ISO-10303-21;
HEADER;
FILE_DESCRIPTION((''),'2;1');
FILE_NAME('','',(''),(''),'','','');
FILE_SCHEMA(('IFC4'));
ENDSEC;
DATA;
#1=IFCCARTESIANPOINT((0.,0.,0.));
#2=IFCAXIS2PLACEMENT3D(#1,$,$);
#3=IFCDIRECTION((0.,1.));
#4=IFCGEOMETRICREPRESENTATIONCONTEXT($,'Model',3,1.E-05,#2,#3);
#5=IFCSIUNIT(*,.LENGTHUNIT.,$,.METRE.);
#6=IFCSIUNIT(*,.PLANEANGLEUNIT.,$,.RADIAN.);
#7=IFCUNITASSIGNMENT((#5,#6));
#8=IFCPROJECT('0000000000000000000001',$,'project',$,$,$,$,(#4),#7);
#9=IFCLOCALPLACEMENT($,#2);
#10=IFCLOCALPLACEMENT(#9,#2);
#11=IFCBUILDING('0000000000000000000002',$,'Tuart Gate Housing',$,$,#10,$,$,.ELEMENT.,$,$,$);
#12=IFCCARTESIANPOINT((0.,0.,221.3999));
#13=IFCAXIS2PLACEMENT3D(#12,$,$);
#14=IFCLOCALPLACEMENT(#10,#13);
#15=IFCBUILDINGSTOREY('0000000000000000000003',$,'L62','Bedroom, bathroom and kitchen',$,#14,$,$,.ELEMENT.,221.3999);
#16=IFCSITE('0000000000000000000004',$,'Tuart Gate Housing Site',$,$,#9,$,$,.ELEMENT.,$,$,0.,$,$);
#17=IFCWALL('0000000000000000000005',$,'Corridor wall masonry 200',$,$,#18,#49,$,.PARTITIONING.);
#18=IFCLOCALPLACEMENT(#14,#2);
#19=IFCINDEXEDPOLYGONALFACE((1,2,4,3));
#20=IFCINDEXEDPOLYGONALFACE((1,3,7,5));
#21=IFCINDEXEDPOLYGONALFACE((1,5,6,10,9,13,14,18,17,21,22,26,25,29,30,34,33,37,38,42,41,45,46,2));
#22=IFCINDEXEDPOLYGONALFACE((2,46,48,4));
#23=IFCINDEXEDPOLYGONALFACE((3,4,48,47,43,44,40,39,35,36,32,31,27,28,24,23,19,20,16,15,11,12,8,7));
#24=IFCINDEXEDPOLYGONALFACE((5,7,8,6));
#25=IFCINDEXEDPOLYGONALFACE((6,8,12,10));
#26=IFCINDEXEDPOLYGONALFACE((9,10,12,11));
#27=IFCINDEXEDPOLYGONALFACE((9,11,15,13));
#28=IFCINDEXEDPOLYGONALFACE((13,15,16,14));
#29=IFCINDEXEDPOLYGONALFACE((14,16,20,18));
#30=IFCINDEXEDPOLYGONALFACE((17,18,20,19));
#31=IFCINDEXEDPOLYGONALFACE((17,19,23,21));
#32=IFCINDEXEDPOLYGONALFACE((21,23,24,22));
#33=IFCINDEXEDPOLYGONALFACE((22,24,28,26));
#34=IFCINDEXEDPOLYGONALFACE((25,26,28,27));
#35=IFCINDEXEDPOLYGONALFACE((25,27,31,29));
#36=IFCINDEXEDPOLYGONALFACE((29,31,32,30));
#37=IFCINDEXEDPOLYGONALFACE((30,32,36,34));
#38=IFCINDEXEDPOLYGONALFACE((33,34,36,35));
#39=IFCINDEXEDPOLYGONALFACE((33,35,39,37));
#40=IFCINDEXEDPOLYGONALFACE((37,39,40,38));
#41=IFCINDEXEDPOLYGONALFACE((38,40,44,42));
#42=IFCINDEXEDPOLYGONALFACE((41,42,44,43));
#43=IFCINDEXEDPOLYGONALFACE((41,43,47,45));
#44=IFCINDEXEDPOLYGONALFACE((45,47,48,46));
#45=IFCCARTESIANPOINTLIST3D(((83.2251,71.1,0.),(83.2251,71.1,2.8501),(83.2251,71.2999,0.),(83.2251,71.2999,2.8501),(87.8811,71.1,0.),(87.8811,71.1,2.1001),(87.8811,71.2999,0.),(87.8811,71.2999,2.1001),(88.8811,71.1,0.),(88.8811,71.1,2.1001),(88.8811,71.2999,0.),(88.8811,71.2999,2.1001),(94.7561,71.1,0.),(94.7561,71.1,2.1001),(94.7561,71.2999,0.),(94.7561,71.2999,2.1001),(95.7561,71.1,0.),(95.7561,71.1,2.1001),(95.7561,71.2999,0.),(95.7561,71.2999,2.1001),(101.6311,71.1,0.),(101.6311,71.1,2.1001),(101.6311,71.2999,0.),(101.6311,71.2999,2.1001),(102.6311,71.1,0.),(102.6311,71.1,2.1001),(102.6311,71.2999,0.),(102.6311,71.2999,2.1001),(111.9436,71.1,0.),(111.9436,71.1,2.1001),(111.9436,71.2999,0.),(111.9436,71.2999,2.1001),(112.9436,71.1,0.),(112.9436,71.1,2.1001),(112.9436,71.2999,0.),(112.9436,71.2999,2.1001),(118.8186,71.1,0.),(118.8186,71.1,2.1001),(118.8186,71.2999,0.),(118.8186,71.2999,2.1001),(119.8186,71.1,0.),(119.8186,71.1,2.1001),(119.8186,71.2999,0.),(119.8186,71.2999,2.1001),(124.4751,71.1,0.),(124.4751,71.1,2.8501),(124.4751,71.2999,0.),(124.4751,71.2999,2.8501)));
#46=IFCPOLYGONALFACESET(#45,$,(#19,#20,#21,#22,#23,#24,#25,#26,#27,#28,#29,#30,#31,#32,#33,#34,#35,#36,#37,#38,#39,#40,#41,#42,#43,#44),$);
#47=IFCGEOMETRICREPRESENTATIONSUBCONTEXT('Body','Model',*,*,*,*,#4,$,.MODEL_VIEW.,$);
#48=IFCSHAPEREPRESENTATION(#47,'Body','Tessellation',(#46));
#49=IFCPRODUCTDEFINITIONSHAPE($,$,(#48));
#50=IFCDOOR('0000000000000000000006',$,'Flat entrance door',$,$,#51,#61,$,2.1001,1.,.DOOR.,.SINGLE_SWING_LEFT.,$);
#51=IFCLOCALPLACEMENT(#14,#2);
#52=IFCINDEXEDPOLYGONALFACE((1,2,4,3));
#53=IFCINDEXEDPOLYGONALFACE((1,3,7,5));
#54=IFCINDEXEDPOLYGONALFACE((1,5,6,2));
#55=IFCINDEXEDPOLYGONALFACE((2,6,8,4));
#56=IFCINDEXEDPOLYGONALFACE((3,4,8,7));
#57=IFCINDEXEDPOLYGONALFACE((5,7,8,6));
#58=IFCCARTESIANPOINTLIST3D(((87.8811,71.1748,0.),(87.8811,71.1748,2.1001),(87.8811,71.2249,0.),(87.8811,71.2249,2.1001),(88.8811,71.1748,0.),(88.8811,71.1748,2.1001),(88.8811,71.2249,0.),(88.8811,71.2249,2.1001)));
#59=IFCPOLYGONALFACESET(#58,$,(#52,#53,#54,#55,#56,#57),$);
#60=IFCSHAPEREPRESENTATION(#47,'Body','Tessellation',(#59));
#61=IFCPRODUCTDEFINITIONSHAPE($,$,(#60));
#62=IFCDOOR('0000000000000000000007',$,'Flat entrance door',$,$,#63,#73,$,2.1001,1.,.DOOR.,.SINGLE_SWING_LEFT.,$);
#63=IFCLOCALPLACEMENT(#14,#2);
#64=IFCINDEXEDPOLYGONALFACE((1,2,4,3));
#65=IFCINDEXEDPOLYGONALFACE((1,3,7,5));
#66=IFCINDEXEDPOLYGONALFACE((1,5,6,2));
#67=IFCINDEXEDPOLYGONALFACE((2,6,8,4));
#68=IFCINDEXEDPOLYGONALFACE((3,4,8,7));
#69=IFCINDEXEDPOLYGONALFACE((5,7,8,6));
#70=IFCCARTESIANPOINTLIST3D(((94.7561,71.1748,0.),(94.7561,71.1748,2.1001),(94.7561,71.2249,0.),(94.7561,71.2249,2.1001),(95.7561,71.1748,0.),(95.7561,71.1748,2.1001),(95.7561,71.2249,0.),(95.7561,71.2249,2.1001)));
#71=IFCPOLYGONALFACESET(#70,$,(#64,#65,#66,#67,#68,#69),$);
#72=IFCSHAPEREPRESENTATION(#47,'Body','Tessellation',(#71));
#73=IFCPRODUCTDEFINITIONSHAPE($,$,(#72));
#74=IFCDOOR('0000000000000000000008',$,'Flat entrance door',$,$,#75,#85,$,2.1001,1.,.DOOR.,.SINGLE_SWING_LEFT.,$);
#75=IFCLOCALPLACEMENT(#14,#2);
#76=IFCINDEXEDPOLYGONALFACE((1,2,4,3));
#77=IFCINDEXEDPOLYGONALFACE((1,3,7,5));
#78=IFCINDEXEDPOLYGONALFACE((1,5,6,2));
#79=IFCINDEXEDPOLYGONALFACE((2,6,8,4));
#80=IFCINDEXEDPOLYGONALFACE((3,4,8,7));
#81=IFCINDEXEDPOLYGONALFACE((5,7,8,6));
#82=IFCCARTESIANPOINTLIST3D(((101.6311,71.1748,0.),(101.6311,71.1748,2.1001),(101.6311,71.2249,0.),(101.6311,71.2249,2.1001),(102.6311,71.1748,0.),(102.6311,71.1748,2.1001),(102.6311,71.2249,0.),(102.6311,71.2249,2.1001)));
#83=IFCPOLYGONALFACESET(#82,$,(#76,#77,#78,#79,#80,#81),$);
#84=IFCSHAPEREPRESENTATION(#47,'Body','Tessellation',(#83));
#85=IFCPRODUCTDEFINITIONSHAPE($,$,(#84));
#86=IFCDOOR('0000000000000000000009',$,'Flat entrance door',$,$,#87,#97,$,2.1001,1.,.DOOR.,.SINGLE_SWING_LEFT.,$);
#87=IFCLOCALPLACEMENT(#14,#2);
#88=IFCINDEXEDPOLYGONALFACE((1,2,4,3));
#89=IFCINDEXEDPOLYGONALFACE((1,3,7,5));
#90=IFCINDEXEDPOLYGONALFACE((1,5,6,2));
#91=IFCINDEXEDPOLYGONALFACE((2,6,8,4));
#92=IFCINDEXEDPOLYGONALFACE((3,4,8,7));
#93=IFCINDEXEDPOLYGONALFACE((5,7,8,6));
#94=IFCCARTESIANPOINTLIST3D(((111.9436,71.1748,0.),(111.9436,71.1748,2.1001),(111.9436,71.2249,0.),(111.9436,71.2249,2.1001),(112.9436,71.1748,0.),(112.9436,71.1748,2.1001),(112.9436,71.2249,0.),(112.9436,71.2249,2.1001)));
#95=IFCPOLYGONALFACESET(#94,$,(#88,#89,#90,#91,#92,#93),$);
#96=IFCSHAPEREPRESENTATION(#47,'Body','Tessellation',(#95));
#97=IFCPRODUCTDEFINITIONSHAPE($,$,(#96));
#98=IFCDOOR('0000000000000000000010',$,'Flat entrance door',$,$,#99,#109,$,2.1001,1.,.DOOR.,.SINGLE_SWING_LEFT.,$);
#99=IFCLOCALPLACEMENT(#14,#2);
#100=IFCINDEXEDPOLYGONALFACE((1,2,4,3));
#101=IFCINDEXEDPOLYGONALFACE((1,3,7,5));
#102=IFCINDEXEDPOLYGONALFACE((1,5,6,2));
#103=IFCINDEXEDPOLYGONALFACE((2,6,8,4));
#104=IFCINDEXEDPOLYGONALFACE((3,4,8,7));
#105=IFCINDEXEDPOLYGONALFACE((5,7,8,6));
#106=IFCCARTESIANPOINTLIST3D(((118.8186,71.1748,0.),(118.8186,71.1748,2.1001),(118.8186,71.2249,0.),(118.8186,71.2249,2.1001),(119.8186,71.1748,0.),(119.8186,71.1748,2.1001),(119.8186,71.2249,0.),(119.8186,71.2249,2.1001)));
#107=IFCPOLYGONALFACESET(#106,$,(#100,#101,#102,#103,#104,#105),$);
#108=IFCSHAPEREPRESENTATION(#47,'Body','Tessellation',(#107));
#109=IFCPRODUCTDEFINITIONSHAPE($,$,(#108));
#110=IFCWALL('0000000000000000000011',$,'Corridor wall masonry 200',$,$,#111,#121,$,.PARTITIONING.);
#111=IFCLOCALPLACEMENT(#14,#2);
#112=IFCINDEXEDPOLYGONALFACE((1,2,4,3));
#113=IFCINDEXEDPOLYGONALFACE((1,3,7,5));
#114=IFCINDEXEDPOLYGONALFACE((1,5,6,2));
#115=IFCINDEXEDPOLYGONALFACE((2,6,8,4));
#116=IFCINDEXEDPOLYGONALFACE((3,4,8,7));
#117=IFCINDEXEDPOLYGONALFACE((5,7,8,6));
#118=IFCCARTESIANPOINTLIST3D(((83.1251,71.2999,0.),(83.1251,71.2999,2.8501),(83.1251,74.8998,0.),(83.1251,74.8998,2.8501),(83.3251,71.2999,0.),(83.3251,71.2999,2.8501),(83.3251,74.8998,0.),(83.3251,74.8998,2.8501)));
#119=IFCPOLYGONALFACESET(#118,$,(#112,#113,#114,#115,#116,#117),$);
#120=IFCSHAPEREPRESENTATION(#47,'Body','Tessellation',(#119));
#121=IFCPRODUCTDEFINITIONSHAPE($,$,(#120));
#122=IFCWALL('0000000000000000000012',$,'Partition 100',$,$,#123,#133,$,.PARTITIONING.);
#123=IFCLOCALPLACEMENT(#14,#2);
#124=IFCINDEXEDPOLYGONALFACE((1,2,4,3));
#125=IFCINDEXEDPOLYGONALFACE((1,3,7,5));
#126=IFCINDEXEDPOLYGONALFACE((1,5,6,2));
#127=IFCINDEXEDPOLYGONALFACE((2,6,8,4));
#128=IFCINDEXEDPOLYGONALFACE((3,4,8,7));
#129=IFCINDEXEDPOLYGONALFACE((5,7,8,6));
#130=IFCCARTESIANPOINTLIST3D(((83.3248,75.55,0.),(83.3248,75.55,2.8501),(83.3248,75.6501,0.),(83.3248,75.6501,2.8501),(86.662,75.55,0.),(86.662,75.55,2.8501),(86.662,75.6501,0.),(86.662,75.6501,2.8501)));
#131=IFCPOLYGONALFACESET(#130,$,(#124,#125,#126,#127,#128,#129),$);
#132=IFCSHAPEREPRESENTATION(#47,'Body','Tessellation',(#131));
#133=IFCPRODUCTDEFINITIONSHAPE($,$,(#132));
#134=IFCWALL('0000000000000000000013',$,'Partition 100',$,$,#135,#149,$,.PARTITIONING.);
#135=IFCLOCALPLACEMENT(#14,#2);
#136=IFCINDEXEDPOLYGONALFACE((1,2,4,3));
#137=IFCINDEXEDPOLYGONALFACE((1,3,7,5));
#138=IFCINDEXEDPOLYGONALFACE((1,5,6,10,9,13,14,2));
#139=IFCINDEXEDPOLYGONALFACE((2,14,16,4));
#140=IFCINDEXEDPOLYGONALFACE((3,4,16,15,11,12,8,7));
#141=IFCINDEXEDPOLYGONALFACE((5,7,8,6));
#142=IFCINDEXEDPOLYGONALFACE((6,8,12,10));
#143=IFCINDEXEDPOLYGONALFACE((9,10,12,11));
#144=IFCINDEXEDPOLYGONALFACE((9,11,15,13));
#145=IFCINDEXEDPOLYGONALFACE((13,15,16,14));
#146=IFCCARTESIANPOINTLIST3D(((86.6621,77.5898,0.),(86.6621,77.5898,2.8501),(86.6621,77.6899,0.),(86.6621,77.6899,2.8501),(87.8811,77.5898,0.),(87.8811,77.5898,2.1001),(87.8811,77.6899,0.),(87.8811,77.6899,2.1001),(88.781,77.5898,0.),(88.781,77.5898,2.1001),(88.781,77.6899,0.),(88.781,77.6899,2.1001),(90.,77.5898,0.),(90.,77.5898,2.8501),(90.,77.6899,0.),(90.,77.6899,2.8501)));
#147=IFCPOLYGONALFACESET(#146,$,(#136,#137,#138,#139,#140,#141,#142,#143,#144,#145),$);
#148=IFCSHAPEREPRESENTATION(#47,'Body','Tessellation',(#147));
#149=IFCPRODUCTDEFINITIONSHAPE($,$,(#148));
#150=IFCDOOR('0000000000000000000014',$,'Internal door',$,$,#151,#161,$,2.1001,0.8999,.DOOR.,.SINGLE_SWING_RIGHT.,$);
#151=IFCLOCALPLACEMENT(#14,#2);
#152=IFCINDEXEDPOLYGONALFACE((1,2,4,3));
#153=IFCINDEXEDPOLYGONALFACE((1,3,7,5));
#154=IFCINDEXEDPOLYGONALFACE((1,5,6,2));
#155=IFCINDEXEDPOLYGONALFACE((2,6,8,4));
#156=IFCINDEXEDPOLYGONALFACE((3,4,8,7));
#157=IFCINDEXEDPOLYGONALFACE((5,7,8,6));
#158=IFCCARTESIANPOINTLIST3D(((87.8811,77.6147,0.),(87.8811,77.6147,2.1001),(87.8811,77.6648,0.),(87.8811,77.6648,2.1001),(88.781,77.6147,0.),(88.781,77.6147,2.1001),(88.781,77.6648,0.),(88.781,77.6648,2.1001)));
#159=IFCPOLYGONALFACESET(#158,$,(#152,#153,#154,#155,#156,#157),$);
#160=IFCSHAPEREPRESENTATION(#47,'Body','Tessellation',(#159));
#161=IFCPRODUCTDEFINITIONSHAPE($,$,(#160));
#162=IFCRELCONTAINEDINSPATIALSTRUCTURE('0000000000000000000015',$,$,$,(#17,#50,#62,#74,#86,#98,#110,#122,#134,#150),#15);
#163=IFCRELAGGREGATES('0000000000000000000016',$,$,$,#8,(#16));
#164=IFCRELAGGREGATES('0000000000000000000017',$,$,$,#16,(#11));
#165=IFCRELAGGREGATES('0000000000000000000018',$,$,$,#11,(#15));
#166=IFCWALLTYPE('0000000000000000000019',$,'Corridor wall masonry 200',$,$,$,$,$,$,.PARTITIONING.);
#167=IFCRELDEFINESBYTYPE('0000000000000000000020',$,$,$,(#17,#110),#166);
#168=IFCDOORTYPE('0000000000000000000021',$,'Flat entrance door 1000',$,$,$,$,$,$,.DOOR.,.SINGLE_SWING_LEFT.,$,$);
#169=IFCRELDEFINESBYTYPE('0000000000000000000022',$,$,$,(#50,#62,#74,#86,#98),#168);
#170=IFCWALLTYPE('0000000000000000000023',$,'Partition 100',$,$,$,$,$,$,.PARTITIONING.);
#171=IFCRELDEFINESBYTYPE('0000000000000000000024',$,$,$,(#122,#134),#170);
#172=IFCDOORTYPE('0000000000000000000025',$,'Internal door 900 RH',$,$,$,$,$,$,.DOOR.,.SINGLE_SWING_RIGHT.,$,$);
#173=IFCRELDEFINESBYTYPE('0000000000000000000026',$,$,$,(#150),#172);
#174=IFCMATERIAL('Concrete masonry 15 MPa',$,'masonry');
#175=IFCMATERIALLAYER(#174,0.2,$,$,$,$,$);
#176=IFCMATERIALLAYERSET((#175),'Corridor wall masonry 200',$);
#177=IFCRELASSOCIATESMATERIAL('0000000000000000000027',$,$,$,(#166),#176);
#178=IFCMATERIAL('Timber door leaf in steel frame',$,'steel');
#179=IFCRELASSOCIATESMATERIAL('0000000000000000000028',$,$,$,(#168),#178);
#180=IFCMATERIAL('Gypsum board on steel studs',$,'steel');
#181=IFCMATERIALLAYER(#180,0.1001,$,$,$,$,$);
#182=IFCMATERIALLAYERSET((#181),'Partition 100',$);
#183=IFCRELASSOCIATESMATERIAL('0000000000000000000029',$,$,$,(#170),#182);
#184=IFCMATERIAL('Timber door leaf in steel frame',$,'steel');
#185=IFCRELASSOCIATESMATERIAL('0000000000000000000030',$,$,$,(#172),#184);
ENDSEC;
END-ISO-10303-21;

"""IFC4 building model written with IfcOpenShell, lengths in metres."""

from ifc_helpers import new_model, si_unit, direction, frame, frame_2d, origin, place, context, subcontext, project, spatial, rectangle, extrude, material, layer, layer_set, type_object, element, fill, save


model = new_model("IFC4")

# Units and contexts
model_context = context("Model", 3, precision=1e-05, world=origin(), true_north=direction((0.0, 1.0)))
body_context = subcontext(model_context, "Body", "Model", "MODEL_VIEW")
ifc_project = project(units=[si_unit("LENGTHUNIT", "METRE"), si_unit("PLANEANGLEUNIT", "RADIAN")], contexts=[model_context])

# Site, building, storey
site_placement = place(None, origin())
site = spatial("IfcSite", under=ifc_project, at=site_placement, Name="Tuart Gate Housing Site", CompositionType="ELEMENT", RefElevation=0.0)
building_placement = place(site_placement, origin())
building = spatial("IfcBuilding", under=site, at=building_placement, Name="Tuart Gate Housing", CompositionType="ELEMENT")
storey_placement = place(building_placement, frame((0.0, 0.0, 221.3999)))
storey = spatial("IfcBuildingStorey", under=building, at=storey_placement, Name="L62", Description="Bedroom, bathroom and kitchen", CompositionType="ELEMENT", Elevation=221.3999)

# Wall, openings, doors
ifc_material_1 = material(Name="Concrete masonry 15 MPa", Category="masonry")
ifc_layer_1 = layer(ifc_material_1, 0.2)
ifc_layer_set_1 = layer_set([ifc_layer_1], Name="Corridor wall masonry 200")
wall_type_1 = type_object("IfcWallType", Name="Corridor wall masonry 200", PredefinedType="PARTITIONING", material=ifc_layer_set_1)
wall_1_placement = place(storey_placement, frame((83.2251, 71.2, 0.0), z_axis=(0.0, 0.0, 1.0), x_axis=(1.0, 0.0, 0.0)))
wall_1 = element("IfcWall", 1, at=wall_1_placement, inside=storey, type_object=wall_type_1, Name="Corridor wall masonry 200", PredefinedType="PARTITIONING", context=body_context, shape_type="SweptSolid", body=[
    extrude(rectangle(XDim=41.25, YDim=0.2, at=frame_2d((20.625, 0.0))), origin(), (0.0, 0.0, 1.0), 2.8501),
])
opening_1_placement = place(wall_1_placement, frame((4.656, 0.0, 0.0)))
opening_1 = element("IfcOpeningElement", 2, at=opening_1_placement, cuts=wall_1, PredefinedType="OPENING", context=body_context, shape_type="SweptSolid", body=[
    extrude(rectangle(XDim=1.0, YDim=2.1001, at=frame_2d((0.5, 1.05))), frame((0.0, 0.1099, 0.0), z_axis=(0.0, -1.0, 0.0), x_axis=(1.0, 0.0, 0.0)), (0.0, 0.0, 1.0), 0.22),
])
opening_2_placement = place(wall_1_placement, frame((11.531, 0.0, 0.0)))
opening_2 = element("IfcOpeningElement", 3, at=opening_2_placement, cuts=wall_1, PredefinedType="OPENING", context=body_context, shape_type="SweptSolid", body=[
    extrude(rectangle(XDim=1.0, YDim=2.1001, at=frame_2d((0.5, 1.05))), frame((0.0, 0.1099, 0.0), z_axis=(0.0, -1.0, 0.0), x_axis=(1.0, 0.0, 0.0)), (0.0, 0.0, 1.0), 0.22),
])
opening_3_placement = place(wall_1_placement, frame((18.406, 0.0, 0.0)))
opening_3 = element("IfcOpeningElement", 4, at=opening_3_placement, cuts=wall_1, PredefinedType="OPENING", context=body_context, shape_type="SweptSolid", body=[
    extrude(rectangle(XDim=1.0, YDim=2.1001, at=frame_2d((0.5, 1.05))), frame((0.0, 0.1099, 0.0), z_axis=(0.0, -1.0, 0.0), x_axis=(1.0, 0.0, 0.0)), (0.0, 0.0, 1.0), 0.22),
])
opening_4_placement = place(wall_1_placement, frame((28.7185, 0.0, 0.0)))
opening_4 = element("IfcOpeningElement", 5, at=opening_4_placement, cuts=wall_1, PredefinedType="OPENING", context=body_context, shape_type="SweptSolid", body=[
    extrude(rectangle(XDim=1.0, YDim=2.1001, at=frame_2d((0.5, 1.05))), frame((0.0, 0.1099, 0.0), z_axis=(0.0, -1.0, 0.0), x_axis=(1.0, 0.0, 0.0)), (0.0, 0.0, 1.0), 0.22),
])
opening_5_placement = place(wall_1_placement, frame((35.5935, 0.0, 0.0)))
opening_5 = element("IfcOpeningElement", 6, at=opening_5_placement, cuts=wall_1, PredefinedType="OPENING", context=body_context, shape_type="SweptSolid", body=[
    extrude(rectangle(XDim=1.0, YDim=2.1001, at=frame_2d((0.5, 1.05))), frame((0.0, 0.1099, 0.0), z_axis=(0.0, -1.0, 0.0), x_axis=(1.0, 0.0, 0.0)), (0.0, 0.0, 1.0), 0.22),
])
ifc_material_2 = material(Name="Timber door leaf in steel frame", Category="steel")
door_type_1 = type_object("IfcDoorType", Name="Flat entrance door 1000", OperationType="SINGLE_SWING_LEFT", PredefinedType="DOOR", material=ifc_material_2)
door_1_placement = place(opening_1_placement, origin())
door_1 = element("IfcDoor", 7, at=door_1_placement, inside=storey, type_object=door_type_1, Name="Flat entrance door", OperationType="SINGLE_SWING_LEFT", OverallHeight=2.1001, OverallWidth=1.0, PredefinedType="DOOR", context=body_context, shape_type="SweptSolid", body=[
    extrude(rectangle(XDim=1.0, YDim=2.1001, at=frame_2d((0.5, 1.05))), frame((0.0, 0.0249, 0.0), z_axis=(0.0, -1.0, 0.0), x_axis=(1.0, 0.0, 0.0)), (0.0, 0.0, 1.0), 0.05),
])
fill(opening_1, door_1)
door_2_placement = place(opening_2_placement, origin())
door_2 = element("IfcDoor", 8, at=door_2_placement, inside=storey, type_object=door_type_1, Name="Flat entrance door", OperationType="SINGLE_SWING_LEFT", OverallHeight=2.1001, OverallWidth=1.0, PredefinedType="DOOR", context=body_context, shape_type="SweptSolid", body=[
    extrude(rectangle(XDim=1.0, YDim=2.1001, at=frame_2d((0.5, 1.05))), frame((0.0, 0.0249, 0.0), z_axis=(0.0, -1.0, 0.0), x_axis=(1.0, 0.0, 0.0)), (0.0, 0.0, 1.0), 0.05),
])
fill(opening_2, door_2)
door_3_placement = place(opening_3_placement, origin())
door_3 = element("IfcDoor", 9, at=door_3_placement, inside=storey, type_object=door_type_1, Name="Flat entrance door", OperationType="SINGLE_SWING_LEFT", OverallHeight=2.1001, OverallWidth=1.0, PredefinedType="DOOR", context=body_context, shape_type="SweptSolid", body=[
    extrude(rectangle(XDim=1.0, YDim=2.1001, at=frame_2d((0.5, 1.05))), frame((0.0, 0.0249, 0.0), z_axis=(0.0, -1.0, 0.0), x_axis=(1.0, 0.0, 0.0)), (0.0, 0.0, 1.0), 0.05),
])
fill(opening_3, door_3)
door_4_placement = place(opening_4_placement, origin())
door_4 = element("IfcDoor", 10, at=door_4_placement, inside=storey, type_object=door_type_1, Name="Flat entrance door", OperationType="SINGLE_SWING_LEFT", OverallHeight=2.1001, OverallWidth=1.0, PredefinedType="DOOR", context=body_context, shape_type="SweptSolid", body=[
    extrude(rectangle(XDim=1.0, YDim=2.1001, at=frame_2d((0.5, 1.05))), frame((0.0, 0.0249, 0.0), z_axis=(0.0, -1.0, 0.0), x_axis=(1.0, 0.0, 0.0)), (0.0, 0.0, 1.0), 0.05),
])
fill(opening_4, door_4)
door_5_placement = place(opening_5_placement, origin())
door_5 = element("IfcDoor", 11, at=door_5_placement, inside=storey, type_object=door_type_1, Name="Flat entrance door", OperationType="SINGLE_SWING_LEFT", OverallHeight=2.1001, OverallWidth=1.0, PredefinedType="DOOR", context=body_context, shape_type="SweptSolid", body=[
    extrude(rectangle(XDim=1.0, YDim=2.1001, at=frame_2d((0.5, 1.05))), frame((0.0, 0.0249, 0.0), z_axis=(0.0, -1.0, 0.0), x_axis=(1.0, 0.0, 0.0)), (0.0, 0.0, 1.0), 0.05),
])
fill(opening_5, door_5)

# Walls
wall_2_placement = place(storey_placement, frame((83.2251, 71.3, 0.0), z_axis=(0.0, 0.0, 1.0), x_axis=(0.0, 1.0, 0.0)))
element("IfcWall", 12, at=wall_2_placement, inside=storey, type_object=wall_type_1, Name="Corridor wall masonry 200", PredefinedType="PARTITIONING", context=body_context, shape_type="SweptSolid", body=[
    extrude(rectangle(XDim=3.5999, YDim=0.2, at=frame_2d((1.7998, 0.0))), origin(), (0.0, 0.0, 1.0), 2.8501),
])
ifc_material_3 = material(Name="Gypsum board on steel studs", Category="steel")
ifc_layer_2 = layer(ifc_material_3, 0.1001)
ifc_layer_set_2 = layer_set([ifc_layer_2], Name="Partition 100")
wall_type_2 = type_object("IfcWallType", Name="Partition 100", PredefinedType="PARTITIONING", material=ifc_layer_set_2)
wall_3_placement = place(storey_placement, frame((83.325, 75.6001, 0.0), z_axis=(0.0, 0.0, 1.0), x_axis=(1.0, 0.0, 0.0)))
element("IfcWall", 13, at=wall_3_placement, inside=storey, type_object=wall_type_2, Name="Partition 100", PredefinedType="PARTITIONING", context=body_context, shape_type="SweptSolid", body=[
    extrude(rectangle(XDim=3.3372, YDim=0.1001, at=frame_2d((1.6685, 0.0))), origin(), (0.0, 0.0, 1.0), 2.8501),
])

# Wall, opening, door
wall_4_placement = place(storey_placement, frame((86.6621, 77.6399, 0.0), z_axis=(0.0, 0.0, 1.0), x_axis=(1.0, 0.0, 0.0)))
wall_4 = element("IfcWall", 14, at=wall_4_placement, inside=storey, type_object=wall_type_2, Name="Partition 100", PredefinedType="PARTITIONING", context=body_context, shape_type="SweptSolid", body=[
    extrude(rectangle(XDim=3.3379, YDim=0.1001, at=frame_2d((1.6689, 0.0))), origin(), (0.0, 0.0, 1.0), 2.8501),
])
opening_6_placement = place(wall_4_placement, frame((1.219, 0.0, 0.0)))
opening_6 = element("IfcOpeningElement", 15, at=opening_6_placement, cuts=wall_4, PredefinedType="OPENING", context=body_context, shape_type="SweptSolid", body=[
    extrude(rectangle(XDim=0.8999, YDim=2.1001, at=frame_2d((0.45, 1.05))), frame((0.0, 0.0601, 0.0), z_axis=(0.0, -1.0, 0.0), x_axis=(1.0, 0.0, 0.0)), (0.0, 0.0, 1.0), 0.1201),
])
ifc_material_4 = material(Name="Timber door leaf in steel frame", Category="steel")
door_type_2 = type_object("IfcDoorType", Name="Internal door 900 RH", OperationType="SINGLE_SWING_RIGHT", PredefinedType="DOOR", material=ifc_material_4)
door_6_placement = place(opening_6_placement, frame((0.8999, 0.0, 0.0), z_axis=(0.0, 0.0, 1.0), x_axis=(-1.0, 0.0, 0.0)))
door_6 = element("IfcDoor", 16, at=door_6_placement, inside=storey, type_object=door_type_2, Name="Internal door", OperationType="SINGLE_SWING_RIGHT", OverallHeight=2.1001, OverallWidth=0.8999, PredefinedType="DOOR", context=body_context, shape_type="SweptSolid", body=[
    extrude(rectangle(XDim=0.8999, YDim=2.1001, at=frame_2d((0.45, 1.05))), frame((0.0, 0.0251, 0.0), z_axis=(0.0, -1.0, 0.0), x_axis=(1.0, 0.0, 0.0)), (0.0, 0.0, 1.0), 0.05),
])
fill(opening_6, door_6)

save(model, "model.ifc")
